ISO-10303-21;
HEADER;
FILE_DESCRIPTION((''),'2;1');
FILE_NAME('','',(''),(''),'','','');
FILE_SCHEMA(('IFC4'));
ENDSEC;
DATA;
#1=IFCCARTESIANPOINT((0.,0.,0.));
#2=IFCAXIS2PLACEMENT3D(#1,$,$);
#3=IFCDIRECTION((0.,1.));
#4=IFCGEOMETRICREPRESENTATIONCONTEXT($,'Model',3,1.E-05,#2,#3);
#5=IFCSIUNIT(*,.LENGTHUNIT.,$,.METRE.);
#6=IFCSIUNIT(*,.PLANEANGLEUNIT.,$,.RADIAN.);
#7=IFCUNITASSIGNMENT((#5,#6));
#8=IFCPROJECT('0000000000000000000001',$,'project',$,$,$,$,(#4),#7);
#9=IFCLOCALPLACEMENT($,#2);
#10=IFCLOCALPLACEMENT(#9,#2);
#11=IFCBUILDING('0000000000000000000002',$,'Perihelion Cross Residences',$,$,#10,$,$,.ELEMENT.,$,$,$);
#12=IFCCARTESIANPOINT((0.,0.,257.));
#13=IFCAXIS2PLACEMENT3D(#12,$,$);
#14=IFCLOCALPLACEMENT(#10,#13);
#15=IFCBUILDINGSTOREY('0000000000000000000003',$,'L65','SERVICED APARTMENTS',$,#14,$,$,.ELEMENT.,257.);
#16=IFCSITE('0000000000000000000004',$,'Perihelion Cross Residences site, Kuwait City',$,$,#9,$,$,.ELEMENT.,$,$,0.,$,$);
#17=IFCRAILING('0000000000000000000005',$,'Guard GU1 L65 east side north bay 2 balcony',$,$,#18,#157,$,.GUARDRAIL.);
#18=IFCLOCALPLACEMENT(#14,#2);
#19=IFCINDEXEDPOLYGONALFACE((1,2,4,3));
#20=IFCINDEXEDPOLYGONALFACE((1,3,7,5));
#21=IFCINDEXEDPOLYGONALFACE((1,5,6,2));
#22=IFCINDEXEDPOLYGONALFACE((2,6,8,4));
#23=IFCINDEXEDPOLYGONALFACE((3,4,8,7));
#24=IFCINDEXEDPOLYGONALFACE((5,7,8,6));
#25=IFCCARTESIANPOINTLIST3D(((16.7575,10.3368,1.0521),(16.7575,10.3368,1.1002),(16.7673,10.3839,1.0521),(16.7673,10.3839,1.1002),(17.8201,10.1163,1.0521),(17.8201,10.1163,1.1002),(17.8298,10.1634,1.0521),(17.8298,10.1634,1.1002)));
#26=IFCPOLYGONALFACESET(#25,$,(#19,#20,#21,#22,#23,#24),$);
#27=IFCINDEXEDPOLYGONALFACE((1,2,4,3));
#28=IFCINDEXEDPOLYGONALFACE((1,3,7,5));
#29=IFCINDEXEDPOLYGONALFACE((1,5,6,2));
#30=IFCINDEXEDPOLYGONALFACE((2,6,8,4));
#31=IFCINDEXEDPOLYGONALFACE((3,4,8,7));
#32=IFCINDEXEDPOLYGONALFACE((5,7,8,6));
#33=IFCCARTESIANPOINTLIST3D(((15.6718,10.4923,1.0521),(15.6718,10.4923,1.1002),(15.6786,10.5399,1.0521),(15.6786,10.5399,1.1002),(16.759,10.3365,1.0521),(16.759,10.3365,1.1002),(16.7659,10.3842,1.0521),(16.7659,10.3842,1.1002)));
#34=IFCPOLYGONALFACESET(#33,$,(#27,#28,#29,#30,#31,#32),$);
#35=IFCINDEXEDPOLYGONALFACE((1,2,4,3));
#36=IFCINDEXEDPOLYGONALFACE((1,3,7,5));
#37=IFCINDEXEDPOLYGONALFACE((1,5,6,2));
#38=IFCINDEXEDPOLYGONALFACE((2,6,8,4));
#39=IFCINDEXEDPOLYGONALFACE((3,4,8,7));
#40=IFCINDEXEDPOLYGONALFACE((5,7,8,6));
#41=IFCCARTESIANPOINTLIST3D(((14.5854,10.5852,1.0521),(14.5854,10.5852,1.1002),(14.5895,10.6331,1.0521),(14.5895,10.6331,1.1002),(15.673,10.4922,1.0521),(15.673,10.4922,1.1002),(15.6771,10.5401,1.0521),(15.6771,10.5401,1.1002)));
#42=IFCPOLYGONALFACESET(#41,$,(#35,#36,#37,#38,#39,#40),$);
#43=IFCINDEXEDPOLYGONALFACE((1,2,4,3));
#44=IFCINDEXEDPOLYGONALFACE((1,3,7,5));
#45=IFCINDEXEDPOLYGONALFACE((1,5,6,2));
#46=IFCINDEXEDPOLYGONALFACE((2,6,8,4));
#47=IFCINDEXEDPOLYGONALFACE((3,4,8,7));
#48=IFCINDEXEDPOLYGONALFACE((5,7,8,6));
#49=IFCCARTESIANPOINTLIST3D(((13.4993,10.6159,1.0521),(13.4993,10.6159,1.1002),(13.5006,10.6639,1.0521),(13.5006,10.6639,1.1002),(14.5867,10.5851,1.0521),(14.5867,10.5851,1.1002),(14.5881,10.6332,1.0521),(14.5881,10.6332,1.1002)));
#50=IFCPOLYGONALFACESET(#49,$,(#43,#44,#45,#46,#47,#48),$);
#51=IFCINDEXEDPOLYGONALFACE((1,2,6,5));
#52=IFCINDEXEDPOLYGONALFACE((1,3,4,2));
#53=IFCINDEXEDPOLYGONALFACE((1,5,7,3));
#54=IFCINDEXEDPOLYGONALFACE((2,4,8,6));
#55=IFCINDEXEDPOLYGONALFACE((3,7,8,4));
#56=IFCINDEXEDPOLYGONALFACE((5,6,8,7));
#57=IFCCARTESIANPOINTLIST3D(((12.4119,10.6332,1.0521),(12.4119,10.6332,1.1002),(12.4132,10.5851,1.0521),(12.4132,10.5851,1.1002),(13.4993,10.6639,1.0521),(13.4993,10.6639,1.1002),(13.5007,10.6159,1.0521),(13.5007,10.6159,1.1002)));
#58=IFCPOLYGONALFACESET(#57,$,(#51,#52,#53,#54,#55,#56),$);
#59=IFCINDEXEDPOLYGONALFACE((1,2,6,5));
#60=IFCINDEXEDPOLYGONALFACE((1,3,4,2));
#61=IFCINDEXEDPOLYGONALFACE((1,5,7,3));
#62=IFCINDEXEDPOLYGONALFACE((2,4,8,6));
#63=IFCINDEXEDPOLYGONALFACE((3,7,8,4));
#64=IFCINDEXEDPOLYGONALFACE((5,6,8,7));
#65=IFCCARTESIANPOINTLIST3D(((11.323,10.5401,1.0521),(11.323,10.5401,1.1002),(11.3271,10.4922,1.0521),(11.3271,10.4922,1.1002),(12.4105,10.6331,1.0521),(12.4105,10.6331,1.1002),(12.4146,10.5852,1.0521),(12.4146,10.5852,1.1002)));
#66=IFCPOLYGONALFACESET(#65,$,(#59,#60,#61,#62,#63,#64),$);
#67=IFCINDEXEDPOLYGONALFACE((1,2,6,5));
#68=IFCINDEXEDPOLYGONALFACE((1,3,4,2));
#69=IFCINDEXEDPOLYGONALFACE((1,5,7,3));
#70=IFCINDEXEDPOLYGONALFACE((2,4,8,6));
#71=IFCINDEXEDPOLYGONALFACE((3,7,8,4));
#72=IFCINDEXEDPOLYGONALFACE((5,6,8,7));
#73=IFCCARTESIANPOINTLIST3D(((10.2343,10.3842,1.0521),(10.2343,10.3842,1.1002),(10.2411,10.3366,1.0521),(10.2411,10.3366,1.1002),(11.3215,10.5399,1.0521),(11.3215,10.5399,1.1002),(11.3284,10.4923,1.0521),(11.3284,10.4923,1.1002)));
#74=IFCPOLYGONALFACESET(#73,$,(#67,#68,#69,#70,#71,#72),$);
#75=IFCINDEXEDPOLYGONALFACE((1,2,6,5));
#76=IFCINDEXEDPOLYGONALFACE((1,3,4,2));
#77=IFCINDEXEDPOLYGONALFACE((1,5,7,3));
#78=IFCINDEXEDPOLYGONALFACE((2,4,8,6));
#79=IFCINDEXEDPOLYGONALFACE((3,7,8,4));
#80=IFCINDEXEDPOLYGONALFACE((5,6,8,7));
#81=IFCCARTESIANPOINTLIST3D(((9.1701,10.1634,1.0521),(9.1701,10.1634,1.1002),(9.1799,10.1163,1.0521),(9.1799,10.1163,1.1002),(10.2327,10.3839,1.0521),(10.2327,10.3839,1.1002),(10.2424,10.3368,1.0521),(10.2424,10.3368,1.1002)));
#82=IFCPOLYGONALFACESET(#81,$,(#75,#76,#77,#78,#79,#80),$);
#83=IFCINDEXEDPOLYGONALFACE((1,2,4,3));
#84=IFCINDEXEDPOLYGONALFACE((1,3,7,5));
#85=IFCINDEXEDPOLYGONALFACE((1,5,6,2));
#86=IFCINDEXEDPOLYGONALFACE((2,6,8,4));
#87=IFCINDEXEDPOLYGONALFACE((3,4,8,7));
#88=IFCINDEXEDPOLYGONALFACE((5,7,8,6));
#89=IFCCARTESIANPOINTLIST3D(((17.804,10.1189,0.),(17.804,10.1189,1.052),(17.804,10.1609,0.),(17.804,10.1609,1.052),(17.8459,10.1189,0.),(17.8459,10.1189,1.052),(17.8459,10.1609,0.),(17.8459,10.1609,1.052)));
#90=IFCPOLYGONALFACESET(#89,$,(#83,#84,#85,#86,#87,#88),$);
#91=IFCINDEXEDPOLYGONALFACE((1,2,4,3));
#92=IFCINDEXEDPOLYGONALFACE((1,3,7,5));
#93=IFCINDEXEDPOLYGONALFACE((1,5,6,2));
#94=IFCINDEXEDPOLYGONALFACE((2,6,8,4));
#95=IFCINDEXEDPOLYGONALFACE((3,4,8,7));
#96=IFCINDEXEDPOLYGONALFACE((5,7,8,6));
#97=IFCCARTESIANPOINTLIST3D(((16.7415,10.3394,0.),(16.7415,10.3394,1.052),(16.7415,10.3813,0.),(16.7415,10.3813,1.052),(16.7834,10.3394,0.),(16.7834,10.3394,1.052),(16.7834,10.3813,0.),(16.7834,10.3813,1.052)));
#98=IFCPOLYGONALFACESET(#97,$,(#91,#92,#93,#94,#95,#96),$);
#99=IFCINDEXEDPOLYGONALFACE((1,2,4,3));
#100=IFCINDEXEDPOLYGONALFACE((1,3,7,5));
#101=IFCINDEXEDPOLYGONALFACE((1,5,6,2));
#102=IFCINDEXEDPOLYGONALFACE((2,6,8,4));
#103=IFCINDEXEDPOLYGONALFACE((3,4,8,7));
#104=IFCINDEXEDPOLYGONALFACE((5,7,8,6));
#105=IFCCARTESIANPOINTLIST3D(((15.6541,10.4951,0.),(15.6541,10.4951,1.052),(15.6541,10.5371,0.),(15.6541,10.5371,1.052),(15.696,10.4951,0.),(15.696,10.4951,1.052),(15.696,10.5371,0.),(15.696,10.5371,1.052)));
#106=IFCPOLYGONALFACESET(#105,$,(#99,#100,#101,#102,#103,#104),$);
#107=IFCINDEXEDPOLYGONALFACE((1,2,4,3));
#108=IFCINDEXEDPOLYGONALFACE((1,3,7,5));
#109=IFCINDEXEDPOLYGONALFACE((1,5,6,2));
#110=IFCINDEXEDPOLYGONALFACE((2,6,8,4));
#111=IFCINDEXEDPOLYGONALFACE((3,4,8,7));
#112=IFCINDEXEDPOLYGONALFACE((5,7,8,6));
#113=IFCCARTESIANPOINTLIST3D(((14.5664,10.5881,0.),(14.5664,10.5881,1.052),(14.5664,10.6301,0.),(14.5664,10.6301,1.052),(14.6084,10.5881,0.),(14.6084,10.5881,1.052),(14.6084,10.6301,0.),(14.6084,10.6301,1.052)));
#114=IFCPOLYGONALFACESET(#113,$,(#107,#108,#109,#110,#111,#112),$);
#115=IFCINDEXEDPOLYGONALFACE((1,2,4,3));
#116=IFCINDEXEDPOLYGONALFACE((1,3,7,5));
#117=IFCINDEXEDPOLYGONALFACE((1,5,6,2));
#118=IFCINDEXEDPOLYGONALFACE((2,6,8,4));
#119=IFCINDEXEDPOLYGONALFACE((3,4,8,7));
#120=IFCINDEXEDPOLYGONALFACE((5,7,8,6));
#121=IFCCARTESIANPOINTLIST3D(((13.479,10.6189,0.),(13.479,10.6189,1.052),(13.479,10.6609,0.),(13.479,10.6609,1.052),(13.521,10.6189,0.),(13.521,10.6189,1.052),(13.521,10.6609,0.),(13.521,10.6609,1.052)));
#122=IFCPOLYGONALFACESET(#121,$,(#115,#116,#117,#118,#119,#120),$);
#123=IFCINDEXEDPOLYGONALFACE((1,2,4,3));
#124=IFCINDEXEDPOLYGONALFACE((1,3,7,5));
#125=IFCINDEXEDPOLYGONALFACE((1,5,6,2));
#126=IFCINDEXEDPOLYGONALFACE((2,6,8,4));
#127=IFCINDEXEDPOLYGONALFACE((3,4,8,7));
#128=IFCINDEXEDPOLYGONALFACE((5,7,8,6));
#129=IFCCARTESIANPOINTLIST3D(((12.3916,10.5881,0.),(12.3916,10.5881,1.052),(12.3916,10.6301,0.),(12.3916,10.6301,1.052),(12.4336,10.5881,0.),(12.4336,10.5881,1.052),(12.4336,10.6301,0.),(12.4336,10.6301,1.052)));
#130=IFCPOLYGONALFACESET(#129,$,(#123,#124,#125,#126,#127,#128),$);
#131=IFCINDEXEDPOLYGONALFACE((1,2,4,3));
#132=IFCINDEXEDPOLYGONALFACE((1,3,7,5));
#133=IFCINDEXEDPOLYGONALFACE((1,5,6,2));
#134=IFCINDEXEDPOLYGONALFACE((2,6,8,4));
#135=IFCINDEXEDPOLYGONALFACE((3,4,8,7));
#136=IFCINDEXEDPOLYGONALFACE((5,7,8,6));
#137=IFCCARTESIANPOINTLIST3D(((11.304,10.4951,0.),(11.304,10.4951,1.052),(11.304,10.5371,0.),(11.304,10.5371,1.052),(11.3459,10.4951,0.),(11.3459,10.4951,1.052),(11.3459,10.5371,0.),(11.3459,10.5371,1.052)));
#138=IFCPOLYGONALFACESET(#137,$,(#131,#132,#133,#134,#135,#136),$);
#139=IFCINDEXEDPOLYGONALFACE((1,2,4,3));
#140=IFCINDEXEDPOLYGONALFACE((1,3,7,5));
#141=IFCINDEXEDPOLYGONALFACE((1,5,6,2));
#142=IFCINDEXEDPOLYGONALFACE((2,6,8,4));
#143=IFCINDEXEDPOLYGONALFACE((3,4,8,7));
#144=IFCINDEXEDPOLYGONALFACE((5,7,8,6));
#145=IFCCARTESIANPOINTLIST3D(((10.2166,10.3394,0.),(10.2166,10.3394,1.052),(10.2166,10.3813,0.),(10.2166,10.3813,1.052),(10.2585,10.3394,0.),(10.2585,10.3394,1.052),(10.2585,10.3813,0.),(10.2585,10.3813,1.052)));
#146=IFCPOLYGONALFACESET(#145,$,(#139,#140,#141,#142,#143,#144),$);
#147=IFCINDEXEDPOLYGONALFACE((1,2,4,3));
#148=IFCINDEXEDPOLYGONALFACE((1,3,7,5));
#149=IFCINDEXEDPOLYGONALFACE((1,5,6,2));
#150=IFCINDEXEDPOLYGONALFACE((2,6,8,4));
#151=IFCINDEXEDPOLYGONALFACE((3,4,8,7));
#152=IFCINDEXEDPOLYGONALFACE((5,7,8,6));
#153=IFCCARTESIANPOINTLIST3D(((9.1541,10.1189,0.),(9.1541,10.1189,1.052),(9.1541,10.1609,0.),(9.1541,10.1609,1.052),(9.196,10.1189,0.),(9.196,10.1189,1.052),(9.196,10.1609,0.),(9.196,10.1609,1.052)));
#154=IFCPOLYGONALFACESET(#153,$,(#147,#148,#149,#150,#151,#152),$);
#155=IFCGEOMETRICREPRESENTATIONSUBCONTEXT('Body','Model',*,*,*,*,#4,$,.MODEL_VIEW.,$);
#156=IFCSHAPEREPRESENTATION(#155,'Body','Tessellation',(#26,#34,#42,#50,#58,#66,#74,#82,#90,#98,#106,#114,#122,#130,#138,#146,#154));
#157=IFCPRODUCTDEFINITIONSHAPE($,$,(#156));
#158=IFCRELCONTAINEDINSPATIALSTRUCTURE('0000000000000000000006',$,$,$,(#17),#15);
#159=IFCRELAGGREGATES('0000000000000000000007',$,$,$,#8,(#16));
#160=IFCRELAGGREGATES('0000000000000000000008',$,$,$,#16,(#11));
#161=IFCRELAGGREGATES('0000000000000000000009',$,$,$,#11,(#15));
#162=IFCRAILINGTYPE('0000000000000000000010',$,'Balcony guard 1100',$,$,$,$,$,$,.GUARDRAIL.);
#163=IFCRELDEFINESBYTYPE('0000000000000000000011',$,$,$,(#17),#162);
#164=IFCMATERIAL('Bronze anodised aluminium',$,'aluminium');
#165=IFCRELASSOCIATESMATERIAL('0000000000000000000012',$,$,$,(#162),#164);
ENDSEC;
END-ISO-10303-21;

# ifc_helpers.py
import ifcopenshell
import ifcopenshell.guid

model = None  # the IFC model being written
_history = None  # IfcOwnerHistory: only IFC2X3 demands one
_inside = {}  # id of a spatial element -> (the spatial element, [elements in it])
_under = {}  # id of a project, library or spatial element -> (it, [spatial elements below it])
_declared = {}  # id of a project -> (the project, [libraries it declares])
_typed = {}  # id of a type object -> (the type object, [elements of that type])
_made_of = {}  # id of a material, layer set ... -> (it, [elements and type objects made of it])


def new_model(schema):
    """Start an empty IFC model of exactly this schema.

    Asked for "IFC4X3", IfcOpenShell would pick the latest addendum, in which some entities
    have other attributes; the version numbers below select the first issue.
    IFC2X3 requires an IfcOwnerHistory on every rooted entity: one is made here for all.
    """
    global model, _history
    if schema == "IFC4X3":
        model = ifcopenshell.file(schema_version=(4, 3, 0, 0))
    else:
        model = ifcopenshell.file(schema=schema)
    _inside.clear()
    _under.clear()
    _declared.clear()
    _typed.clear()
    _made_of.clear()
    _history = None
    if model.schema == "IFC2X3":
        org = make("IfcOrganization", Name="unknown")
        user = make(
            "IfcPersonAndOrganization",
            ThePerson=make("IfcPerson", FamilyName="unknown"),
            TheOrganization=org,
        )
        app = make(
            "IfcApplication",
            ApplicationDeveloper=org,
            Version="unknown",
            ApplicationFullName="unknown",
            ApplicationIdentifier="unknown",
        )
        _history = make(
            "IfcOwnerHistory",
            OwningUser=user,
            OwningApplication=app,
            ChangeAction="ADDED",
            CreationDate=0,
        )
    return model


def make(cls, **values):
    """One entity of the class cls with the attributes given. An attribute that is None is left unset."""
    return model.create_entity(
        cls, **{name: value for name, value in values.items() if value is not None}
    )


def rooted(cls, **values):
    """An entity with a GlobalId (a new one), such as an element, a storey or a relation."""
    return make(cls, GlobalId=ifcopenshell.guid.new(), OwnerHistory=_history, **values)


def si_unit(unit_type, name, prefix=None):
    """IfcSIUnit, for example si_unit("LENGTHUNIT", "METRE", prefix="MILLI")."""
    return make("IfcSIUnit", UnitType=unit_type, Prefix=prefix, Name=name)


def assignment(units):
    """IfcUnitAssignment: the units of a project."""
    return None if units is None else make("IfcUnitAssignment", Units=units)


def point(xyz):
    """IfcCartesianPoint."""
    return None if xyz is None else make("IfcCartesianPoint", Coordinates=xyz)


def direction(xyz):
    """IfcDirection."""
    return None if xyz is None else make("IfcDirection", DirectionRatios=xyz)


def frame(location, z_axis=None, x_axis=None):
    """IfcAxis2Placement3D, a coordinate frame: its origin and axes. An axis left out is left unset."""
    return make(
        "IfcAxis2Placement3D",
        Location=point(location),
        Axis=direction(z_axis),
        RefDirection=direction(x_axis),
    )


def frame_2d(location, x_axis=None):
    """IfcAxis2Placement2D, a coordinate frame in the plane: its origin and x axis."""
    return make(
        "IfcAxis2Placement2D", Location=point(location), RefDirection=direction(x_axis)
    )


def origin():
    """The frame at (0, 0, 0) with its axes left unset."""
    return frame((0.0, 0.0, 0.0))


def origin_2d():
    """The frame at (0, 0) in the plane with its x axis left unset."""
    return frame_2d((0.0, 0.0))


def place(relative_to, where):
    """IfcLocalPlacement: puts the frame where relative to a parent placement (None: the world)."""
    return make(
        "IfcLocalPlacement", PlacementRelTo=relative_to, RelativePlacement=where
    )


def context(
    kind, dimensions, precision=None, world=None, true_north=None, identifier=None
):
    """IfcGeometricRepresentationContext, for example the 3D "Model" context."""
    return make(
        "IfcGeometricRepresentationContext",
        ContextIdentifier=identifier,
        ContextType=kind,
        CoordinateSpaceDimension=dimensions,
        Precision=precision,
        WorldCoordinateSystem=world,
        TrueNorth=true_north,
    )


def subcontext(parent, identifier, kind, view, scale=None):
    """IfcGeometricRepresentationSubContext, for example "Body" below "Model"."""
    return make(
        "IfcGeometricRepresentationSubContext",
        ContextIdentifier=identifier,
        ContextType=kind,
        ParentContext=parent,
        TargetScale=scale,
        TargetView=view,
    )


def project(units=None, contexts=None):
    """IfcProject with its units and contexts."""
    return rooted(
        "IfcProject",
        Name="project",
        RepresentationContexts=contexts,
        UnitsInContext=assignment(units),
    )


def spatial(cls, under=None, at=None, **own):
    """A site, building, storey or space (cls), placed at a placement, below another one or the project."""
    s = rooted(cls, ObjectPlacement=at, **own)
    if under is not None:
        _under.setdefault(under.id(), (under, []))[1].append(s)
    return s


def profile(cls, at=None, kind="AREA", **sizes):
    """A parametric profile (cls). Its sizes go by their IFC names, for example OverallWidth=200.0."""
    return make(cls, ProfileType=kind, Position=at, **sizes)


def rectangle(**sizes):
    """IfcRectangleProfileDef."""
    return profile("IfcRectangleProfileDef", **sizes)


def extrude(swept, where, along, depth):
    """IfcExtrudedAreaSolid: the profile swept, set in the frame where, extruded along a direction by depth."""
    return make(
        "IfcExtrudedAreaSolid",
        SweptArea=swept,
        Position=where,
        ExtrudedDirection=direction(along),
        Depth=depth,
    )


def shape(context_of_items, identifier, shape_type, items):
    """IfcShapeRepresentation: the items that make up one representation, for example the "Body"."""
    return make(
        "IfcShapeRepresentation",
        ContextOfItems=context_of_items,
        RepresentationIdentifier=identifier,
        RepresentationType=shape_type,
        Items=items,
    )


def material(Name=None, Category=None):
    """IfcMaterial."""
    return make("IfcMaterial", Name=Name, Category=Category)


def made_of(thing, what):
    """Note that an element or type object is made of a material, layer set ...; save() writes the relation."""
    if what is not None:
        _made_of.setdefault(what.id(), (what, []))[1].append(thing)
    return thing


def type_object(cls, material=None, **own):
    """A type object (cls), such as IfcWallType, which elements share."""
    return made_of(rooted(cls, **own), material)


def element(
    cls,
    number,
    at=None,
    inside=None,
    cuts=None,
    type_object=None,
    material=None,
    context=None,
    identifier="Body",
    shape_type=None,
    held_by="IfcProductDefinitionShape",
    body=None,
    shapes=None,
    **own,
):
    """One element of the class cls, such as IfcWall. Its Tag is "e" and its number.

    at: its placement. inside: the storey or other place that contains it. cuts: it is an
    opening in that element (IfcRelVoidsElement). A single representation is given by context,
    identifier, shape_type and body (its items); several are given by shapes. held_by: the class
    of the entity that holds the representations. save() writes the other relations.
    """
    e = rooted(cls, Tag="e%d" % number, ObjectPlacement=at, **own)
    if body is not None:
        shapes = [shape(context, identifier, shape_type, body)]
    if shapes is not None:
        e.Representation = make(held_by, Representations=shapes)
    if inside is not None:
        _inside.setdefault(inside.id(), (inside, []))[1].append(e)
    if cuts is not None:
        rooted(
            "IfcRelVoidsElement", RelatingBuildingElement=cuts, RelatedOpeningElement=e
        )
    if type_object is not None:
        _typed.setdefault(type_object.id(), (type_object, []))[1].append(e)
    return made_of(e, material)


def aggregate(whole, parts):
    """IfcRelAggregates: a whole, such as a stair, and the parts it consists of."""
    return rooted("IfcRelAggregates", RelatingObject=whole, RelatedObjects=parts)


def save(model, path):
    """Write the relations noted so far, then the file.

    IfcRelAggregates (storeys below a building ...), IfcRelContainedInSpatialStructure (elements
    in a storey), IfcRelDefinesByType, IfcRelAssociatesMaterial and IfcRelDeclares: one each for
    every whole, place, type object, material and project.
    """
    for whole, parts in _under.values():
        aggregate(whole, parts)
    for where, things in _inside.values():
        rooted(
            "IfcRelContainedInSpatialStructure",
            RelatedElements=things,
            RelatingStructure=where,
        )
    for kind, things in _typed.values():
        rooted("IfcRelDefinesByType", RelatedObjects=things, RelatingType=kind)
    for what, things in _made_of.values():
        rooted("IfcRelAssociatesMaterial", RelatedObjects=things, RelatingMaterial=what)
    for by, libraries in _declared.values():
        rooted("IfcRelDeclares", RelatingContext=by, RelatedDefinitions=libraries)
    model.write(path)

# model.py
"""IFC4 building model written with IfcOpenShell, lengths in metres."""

from ifc_helpers import new_model, si_unit, direction, frame, origin, origin_2d, place, context, subcontext, project, spatial, rectangle, extrude, material, type_object, element, save


model = new_model("IFC4")

# Units and contexts
model_context = context("Model", 3, precision=1e-05, world=origin(), true_north=direction((0.0, 1.0)))
body_context = subcontext(model_context, "Body", "Model", "MODEL_VIEW")
ifc_project = project(units=[si_unit("LENGTHUNIT", "METRE"), si_unit("PLANEANGLEUNIT", "RADIAN")], contexts=[model_context])

# Site, building, storey
site_placement = place(None, origin())
site = spatial("IfcSite", under=ifc_project, at=site_placement, Name="Perihelion Cross Residences site, Kuwait City", CompositionType="ELEMENT", RefElevation=0.0)
building_placement = place(site_placement, origin())
building = spatial("IfcBuilding", under=site, at=building_placement, Name="Perihelion Cross Residences", CompositionType="ELEMENT")
storey_placement = place(building_placement, frame((0.0, 0.0, 257.0)))
storey = spatial("IfcBuildingStorey", under=building, at=storey_placement, Name="L65", Description="SERVICED APARTMENTS", CompositionType="ELEMENT", Elevation=257.0)

# Railing
ifc_material_1 = material(Name="Bronze anodised aluminium", Category="aluminium")
railing_type = type_object("IfcRailingType", Name="Balcony guard 1100", PredefinedType="GUARDRAIL", material=ifc_material_1)
railing_placement = place(storey_placement, frame((17.825, 10.1399, 0.0)))
element("IfcRailing", 1, at=railing_placement, inside=storey, type_object=railing_type, Name="Guard GU1 L65 east side north bay 2 balcony", PredefinedType="GUARDRAIL", context=body_context, shape_type="SweptSolid", body=[
    extrude(rectangle(XDim=0.0481, YDim=0.0481, at=origin_2d()), frame((0.0, 0.0, 1.0762), z_axis=(-0.979145, 0.203164, 0.0), x_axis=(-0.203164, -0.979145, 0.0)), (0.0, 0.0, 1.0), 1.0852),
    extrude(rectangle(XDim=0.0481, YDim=0.0481, at=origin_2d()), frame((-1.0625, 0.2205, 1.0762), z_axis=(-0.989896, 0.141795, 0.0), x_axis=(-0.141795, -0.989896, 0.0)), (0.0, 0.0, 1.0), 1.0984),
    extrude(rectangle(XDim=0.0481, YDim=0.0481, at=origin_2d()), frame((-2.1499, 0.3762, 1.0762), z_axis=(-0.996363, 0.085211, 0.0), x_axis=(-0.085211, -0.996363, 0.0)), (0.0, 0.0, 1.0), 1.0916),
    extrude(rectangle(XDim=0.0481, YDim=0.0481, at=origin_2d()), frame((-3.2375, 0.4692, 1.0762), z_axis=(-0.9996, 0.028278, 0.0), x_axis=(-0.028278, -0.9996, 0.0)), (0.0, 0.0, 1.0), 1.0879),
    extrude(rectangle(XDim=0.0481, YDim=0.0481, at=origin_2d()), frame((-4.325, 0.5, 1.0762), z_axis=(-0.9996, -0.028278, 0.0), x_axis=(0.028278, -0.9996, 0.0)), (0.0, 0.0, 1.0), 1.0879),
    extrude(rectangle(XDim=0.0481, YDim=0.0481, at=origin_2d()), frame((-5.4124, 0.4692, 1.0762), z_axis=(-0.996363, -0.085211, 0.0), x_axis=(0.085211, -0.996363, 0.0)), (0.0, 0.0, 1.0), 1.0916),
    extrude(rectangle(XDim=0.0481, YDim=0.0481, at=origin_2d()), frame((-6.5, 0.3762, 1.0762), z_axis=(-0.989896, -0.141795, 0.0), x_axis=(0.141795, -0.989896, 0.0)), (0.0, 0.0, 1.0), 1.0984),
    extrude(rectangle(XDim=0.0481, YDim=0.0481, at=origin_2d()), frame((-7.5874, 0.2205, 1.0762), z_axis=(-0.979145, -0.203164, 0.0), x_axis=(0.203164, -0.979145, 0.0)), (0.0, 0.0, 1.0), 1.0852),
    extrude(rectangle(XDim=0.042, YDim=0.042, at=origin_2d()), origin(), (0.0, 0.0, 1.0), 1.052),
    extrude(rectangle(XDim=0.042, YDim=0.042, at=origin_2d()), frame((-1.0625, 0.2205, 0.0)), (0.0, 0.0, 1.0), 1.052),
    extrude(rectangle(XDim=0.042, YDim=0.042, at=origin_2d()), frame((-2.1499, 0.3762, 0.0)), (0.0, 0.0, 1.0), 1.052),
    extrude(rectangle(XDim=0.042, YDim=0.042, at=origin_2d()), frame((-3.2375, 0.4692, 0.0)), (0.0, 0.0, 1.0), 1.052),
    extrude(rectangle(XDim=0.042, YDim=0.042, at=origin_2d()), frame((-4.325, 0.5, 0.0)), (0.0, 0.0, 1.0), 1.052),
    extrude(rectangle(XDim=0.042, YDim=0.042, at=origin_2d()), frame((-5.4124, 0.4692, 0.0)), (0.0, 0.0, 1.0), 1.052),
    extrude(rectangle(XDim=0.042, YDim=0.042, at=origin_2d()), frame((-6.5, 0.3762, 0.0)), (0.0, 0.0, 1.0), 1.052),
    extrude(rectangle(XDim=0.042, YDim=0.042, at=origin_2d()), frame((-7.5874, 0.2205, 0.0)), (0.0, 0.0, 1.0), 1.052),
    extrude(rectangle(XDim=0.042, YDim=0.042, at=origin_2d()), frame((-8.6499, 0.0, 0.0)), (0.0, 0.0, 1.0), 1.052),
])

save(model, "model.ifc")
